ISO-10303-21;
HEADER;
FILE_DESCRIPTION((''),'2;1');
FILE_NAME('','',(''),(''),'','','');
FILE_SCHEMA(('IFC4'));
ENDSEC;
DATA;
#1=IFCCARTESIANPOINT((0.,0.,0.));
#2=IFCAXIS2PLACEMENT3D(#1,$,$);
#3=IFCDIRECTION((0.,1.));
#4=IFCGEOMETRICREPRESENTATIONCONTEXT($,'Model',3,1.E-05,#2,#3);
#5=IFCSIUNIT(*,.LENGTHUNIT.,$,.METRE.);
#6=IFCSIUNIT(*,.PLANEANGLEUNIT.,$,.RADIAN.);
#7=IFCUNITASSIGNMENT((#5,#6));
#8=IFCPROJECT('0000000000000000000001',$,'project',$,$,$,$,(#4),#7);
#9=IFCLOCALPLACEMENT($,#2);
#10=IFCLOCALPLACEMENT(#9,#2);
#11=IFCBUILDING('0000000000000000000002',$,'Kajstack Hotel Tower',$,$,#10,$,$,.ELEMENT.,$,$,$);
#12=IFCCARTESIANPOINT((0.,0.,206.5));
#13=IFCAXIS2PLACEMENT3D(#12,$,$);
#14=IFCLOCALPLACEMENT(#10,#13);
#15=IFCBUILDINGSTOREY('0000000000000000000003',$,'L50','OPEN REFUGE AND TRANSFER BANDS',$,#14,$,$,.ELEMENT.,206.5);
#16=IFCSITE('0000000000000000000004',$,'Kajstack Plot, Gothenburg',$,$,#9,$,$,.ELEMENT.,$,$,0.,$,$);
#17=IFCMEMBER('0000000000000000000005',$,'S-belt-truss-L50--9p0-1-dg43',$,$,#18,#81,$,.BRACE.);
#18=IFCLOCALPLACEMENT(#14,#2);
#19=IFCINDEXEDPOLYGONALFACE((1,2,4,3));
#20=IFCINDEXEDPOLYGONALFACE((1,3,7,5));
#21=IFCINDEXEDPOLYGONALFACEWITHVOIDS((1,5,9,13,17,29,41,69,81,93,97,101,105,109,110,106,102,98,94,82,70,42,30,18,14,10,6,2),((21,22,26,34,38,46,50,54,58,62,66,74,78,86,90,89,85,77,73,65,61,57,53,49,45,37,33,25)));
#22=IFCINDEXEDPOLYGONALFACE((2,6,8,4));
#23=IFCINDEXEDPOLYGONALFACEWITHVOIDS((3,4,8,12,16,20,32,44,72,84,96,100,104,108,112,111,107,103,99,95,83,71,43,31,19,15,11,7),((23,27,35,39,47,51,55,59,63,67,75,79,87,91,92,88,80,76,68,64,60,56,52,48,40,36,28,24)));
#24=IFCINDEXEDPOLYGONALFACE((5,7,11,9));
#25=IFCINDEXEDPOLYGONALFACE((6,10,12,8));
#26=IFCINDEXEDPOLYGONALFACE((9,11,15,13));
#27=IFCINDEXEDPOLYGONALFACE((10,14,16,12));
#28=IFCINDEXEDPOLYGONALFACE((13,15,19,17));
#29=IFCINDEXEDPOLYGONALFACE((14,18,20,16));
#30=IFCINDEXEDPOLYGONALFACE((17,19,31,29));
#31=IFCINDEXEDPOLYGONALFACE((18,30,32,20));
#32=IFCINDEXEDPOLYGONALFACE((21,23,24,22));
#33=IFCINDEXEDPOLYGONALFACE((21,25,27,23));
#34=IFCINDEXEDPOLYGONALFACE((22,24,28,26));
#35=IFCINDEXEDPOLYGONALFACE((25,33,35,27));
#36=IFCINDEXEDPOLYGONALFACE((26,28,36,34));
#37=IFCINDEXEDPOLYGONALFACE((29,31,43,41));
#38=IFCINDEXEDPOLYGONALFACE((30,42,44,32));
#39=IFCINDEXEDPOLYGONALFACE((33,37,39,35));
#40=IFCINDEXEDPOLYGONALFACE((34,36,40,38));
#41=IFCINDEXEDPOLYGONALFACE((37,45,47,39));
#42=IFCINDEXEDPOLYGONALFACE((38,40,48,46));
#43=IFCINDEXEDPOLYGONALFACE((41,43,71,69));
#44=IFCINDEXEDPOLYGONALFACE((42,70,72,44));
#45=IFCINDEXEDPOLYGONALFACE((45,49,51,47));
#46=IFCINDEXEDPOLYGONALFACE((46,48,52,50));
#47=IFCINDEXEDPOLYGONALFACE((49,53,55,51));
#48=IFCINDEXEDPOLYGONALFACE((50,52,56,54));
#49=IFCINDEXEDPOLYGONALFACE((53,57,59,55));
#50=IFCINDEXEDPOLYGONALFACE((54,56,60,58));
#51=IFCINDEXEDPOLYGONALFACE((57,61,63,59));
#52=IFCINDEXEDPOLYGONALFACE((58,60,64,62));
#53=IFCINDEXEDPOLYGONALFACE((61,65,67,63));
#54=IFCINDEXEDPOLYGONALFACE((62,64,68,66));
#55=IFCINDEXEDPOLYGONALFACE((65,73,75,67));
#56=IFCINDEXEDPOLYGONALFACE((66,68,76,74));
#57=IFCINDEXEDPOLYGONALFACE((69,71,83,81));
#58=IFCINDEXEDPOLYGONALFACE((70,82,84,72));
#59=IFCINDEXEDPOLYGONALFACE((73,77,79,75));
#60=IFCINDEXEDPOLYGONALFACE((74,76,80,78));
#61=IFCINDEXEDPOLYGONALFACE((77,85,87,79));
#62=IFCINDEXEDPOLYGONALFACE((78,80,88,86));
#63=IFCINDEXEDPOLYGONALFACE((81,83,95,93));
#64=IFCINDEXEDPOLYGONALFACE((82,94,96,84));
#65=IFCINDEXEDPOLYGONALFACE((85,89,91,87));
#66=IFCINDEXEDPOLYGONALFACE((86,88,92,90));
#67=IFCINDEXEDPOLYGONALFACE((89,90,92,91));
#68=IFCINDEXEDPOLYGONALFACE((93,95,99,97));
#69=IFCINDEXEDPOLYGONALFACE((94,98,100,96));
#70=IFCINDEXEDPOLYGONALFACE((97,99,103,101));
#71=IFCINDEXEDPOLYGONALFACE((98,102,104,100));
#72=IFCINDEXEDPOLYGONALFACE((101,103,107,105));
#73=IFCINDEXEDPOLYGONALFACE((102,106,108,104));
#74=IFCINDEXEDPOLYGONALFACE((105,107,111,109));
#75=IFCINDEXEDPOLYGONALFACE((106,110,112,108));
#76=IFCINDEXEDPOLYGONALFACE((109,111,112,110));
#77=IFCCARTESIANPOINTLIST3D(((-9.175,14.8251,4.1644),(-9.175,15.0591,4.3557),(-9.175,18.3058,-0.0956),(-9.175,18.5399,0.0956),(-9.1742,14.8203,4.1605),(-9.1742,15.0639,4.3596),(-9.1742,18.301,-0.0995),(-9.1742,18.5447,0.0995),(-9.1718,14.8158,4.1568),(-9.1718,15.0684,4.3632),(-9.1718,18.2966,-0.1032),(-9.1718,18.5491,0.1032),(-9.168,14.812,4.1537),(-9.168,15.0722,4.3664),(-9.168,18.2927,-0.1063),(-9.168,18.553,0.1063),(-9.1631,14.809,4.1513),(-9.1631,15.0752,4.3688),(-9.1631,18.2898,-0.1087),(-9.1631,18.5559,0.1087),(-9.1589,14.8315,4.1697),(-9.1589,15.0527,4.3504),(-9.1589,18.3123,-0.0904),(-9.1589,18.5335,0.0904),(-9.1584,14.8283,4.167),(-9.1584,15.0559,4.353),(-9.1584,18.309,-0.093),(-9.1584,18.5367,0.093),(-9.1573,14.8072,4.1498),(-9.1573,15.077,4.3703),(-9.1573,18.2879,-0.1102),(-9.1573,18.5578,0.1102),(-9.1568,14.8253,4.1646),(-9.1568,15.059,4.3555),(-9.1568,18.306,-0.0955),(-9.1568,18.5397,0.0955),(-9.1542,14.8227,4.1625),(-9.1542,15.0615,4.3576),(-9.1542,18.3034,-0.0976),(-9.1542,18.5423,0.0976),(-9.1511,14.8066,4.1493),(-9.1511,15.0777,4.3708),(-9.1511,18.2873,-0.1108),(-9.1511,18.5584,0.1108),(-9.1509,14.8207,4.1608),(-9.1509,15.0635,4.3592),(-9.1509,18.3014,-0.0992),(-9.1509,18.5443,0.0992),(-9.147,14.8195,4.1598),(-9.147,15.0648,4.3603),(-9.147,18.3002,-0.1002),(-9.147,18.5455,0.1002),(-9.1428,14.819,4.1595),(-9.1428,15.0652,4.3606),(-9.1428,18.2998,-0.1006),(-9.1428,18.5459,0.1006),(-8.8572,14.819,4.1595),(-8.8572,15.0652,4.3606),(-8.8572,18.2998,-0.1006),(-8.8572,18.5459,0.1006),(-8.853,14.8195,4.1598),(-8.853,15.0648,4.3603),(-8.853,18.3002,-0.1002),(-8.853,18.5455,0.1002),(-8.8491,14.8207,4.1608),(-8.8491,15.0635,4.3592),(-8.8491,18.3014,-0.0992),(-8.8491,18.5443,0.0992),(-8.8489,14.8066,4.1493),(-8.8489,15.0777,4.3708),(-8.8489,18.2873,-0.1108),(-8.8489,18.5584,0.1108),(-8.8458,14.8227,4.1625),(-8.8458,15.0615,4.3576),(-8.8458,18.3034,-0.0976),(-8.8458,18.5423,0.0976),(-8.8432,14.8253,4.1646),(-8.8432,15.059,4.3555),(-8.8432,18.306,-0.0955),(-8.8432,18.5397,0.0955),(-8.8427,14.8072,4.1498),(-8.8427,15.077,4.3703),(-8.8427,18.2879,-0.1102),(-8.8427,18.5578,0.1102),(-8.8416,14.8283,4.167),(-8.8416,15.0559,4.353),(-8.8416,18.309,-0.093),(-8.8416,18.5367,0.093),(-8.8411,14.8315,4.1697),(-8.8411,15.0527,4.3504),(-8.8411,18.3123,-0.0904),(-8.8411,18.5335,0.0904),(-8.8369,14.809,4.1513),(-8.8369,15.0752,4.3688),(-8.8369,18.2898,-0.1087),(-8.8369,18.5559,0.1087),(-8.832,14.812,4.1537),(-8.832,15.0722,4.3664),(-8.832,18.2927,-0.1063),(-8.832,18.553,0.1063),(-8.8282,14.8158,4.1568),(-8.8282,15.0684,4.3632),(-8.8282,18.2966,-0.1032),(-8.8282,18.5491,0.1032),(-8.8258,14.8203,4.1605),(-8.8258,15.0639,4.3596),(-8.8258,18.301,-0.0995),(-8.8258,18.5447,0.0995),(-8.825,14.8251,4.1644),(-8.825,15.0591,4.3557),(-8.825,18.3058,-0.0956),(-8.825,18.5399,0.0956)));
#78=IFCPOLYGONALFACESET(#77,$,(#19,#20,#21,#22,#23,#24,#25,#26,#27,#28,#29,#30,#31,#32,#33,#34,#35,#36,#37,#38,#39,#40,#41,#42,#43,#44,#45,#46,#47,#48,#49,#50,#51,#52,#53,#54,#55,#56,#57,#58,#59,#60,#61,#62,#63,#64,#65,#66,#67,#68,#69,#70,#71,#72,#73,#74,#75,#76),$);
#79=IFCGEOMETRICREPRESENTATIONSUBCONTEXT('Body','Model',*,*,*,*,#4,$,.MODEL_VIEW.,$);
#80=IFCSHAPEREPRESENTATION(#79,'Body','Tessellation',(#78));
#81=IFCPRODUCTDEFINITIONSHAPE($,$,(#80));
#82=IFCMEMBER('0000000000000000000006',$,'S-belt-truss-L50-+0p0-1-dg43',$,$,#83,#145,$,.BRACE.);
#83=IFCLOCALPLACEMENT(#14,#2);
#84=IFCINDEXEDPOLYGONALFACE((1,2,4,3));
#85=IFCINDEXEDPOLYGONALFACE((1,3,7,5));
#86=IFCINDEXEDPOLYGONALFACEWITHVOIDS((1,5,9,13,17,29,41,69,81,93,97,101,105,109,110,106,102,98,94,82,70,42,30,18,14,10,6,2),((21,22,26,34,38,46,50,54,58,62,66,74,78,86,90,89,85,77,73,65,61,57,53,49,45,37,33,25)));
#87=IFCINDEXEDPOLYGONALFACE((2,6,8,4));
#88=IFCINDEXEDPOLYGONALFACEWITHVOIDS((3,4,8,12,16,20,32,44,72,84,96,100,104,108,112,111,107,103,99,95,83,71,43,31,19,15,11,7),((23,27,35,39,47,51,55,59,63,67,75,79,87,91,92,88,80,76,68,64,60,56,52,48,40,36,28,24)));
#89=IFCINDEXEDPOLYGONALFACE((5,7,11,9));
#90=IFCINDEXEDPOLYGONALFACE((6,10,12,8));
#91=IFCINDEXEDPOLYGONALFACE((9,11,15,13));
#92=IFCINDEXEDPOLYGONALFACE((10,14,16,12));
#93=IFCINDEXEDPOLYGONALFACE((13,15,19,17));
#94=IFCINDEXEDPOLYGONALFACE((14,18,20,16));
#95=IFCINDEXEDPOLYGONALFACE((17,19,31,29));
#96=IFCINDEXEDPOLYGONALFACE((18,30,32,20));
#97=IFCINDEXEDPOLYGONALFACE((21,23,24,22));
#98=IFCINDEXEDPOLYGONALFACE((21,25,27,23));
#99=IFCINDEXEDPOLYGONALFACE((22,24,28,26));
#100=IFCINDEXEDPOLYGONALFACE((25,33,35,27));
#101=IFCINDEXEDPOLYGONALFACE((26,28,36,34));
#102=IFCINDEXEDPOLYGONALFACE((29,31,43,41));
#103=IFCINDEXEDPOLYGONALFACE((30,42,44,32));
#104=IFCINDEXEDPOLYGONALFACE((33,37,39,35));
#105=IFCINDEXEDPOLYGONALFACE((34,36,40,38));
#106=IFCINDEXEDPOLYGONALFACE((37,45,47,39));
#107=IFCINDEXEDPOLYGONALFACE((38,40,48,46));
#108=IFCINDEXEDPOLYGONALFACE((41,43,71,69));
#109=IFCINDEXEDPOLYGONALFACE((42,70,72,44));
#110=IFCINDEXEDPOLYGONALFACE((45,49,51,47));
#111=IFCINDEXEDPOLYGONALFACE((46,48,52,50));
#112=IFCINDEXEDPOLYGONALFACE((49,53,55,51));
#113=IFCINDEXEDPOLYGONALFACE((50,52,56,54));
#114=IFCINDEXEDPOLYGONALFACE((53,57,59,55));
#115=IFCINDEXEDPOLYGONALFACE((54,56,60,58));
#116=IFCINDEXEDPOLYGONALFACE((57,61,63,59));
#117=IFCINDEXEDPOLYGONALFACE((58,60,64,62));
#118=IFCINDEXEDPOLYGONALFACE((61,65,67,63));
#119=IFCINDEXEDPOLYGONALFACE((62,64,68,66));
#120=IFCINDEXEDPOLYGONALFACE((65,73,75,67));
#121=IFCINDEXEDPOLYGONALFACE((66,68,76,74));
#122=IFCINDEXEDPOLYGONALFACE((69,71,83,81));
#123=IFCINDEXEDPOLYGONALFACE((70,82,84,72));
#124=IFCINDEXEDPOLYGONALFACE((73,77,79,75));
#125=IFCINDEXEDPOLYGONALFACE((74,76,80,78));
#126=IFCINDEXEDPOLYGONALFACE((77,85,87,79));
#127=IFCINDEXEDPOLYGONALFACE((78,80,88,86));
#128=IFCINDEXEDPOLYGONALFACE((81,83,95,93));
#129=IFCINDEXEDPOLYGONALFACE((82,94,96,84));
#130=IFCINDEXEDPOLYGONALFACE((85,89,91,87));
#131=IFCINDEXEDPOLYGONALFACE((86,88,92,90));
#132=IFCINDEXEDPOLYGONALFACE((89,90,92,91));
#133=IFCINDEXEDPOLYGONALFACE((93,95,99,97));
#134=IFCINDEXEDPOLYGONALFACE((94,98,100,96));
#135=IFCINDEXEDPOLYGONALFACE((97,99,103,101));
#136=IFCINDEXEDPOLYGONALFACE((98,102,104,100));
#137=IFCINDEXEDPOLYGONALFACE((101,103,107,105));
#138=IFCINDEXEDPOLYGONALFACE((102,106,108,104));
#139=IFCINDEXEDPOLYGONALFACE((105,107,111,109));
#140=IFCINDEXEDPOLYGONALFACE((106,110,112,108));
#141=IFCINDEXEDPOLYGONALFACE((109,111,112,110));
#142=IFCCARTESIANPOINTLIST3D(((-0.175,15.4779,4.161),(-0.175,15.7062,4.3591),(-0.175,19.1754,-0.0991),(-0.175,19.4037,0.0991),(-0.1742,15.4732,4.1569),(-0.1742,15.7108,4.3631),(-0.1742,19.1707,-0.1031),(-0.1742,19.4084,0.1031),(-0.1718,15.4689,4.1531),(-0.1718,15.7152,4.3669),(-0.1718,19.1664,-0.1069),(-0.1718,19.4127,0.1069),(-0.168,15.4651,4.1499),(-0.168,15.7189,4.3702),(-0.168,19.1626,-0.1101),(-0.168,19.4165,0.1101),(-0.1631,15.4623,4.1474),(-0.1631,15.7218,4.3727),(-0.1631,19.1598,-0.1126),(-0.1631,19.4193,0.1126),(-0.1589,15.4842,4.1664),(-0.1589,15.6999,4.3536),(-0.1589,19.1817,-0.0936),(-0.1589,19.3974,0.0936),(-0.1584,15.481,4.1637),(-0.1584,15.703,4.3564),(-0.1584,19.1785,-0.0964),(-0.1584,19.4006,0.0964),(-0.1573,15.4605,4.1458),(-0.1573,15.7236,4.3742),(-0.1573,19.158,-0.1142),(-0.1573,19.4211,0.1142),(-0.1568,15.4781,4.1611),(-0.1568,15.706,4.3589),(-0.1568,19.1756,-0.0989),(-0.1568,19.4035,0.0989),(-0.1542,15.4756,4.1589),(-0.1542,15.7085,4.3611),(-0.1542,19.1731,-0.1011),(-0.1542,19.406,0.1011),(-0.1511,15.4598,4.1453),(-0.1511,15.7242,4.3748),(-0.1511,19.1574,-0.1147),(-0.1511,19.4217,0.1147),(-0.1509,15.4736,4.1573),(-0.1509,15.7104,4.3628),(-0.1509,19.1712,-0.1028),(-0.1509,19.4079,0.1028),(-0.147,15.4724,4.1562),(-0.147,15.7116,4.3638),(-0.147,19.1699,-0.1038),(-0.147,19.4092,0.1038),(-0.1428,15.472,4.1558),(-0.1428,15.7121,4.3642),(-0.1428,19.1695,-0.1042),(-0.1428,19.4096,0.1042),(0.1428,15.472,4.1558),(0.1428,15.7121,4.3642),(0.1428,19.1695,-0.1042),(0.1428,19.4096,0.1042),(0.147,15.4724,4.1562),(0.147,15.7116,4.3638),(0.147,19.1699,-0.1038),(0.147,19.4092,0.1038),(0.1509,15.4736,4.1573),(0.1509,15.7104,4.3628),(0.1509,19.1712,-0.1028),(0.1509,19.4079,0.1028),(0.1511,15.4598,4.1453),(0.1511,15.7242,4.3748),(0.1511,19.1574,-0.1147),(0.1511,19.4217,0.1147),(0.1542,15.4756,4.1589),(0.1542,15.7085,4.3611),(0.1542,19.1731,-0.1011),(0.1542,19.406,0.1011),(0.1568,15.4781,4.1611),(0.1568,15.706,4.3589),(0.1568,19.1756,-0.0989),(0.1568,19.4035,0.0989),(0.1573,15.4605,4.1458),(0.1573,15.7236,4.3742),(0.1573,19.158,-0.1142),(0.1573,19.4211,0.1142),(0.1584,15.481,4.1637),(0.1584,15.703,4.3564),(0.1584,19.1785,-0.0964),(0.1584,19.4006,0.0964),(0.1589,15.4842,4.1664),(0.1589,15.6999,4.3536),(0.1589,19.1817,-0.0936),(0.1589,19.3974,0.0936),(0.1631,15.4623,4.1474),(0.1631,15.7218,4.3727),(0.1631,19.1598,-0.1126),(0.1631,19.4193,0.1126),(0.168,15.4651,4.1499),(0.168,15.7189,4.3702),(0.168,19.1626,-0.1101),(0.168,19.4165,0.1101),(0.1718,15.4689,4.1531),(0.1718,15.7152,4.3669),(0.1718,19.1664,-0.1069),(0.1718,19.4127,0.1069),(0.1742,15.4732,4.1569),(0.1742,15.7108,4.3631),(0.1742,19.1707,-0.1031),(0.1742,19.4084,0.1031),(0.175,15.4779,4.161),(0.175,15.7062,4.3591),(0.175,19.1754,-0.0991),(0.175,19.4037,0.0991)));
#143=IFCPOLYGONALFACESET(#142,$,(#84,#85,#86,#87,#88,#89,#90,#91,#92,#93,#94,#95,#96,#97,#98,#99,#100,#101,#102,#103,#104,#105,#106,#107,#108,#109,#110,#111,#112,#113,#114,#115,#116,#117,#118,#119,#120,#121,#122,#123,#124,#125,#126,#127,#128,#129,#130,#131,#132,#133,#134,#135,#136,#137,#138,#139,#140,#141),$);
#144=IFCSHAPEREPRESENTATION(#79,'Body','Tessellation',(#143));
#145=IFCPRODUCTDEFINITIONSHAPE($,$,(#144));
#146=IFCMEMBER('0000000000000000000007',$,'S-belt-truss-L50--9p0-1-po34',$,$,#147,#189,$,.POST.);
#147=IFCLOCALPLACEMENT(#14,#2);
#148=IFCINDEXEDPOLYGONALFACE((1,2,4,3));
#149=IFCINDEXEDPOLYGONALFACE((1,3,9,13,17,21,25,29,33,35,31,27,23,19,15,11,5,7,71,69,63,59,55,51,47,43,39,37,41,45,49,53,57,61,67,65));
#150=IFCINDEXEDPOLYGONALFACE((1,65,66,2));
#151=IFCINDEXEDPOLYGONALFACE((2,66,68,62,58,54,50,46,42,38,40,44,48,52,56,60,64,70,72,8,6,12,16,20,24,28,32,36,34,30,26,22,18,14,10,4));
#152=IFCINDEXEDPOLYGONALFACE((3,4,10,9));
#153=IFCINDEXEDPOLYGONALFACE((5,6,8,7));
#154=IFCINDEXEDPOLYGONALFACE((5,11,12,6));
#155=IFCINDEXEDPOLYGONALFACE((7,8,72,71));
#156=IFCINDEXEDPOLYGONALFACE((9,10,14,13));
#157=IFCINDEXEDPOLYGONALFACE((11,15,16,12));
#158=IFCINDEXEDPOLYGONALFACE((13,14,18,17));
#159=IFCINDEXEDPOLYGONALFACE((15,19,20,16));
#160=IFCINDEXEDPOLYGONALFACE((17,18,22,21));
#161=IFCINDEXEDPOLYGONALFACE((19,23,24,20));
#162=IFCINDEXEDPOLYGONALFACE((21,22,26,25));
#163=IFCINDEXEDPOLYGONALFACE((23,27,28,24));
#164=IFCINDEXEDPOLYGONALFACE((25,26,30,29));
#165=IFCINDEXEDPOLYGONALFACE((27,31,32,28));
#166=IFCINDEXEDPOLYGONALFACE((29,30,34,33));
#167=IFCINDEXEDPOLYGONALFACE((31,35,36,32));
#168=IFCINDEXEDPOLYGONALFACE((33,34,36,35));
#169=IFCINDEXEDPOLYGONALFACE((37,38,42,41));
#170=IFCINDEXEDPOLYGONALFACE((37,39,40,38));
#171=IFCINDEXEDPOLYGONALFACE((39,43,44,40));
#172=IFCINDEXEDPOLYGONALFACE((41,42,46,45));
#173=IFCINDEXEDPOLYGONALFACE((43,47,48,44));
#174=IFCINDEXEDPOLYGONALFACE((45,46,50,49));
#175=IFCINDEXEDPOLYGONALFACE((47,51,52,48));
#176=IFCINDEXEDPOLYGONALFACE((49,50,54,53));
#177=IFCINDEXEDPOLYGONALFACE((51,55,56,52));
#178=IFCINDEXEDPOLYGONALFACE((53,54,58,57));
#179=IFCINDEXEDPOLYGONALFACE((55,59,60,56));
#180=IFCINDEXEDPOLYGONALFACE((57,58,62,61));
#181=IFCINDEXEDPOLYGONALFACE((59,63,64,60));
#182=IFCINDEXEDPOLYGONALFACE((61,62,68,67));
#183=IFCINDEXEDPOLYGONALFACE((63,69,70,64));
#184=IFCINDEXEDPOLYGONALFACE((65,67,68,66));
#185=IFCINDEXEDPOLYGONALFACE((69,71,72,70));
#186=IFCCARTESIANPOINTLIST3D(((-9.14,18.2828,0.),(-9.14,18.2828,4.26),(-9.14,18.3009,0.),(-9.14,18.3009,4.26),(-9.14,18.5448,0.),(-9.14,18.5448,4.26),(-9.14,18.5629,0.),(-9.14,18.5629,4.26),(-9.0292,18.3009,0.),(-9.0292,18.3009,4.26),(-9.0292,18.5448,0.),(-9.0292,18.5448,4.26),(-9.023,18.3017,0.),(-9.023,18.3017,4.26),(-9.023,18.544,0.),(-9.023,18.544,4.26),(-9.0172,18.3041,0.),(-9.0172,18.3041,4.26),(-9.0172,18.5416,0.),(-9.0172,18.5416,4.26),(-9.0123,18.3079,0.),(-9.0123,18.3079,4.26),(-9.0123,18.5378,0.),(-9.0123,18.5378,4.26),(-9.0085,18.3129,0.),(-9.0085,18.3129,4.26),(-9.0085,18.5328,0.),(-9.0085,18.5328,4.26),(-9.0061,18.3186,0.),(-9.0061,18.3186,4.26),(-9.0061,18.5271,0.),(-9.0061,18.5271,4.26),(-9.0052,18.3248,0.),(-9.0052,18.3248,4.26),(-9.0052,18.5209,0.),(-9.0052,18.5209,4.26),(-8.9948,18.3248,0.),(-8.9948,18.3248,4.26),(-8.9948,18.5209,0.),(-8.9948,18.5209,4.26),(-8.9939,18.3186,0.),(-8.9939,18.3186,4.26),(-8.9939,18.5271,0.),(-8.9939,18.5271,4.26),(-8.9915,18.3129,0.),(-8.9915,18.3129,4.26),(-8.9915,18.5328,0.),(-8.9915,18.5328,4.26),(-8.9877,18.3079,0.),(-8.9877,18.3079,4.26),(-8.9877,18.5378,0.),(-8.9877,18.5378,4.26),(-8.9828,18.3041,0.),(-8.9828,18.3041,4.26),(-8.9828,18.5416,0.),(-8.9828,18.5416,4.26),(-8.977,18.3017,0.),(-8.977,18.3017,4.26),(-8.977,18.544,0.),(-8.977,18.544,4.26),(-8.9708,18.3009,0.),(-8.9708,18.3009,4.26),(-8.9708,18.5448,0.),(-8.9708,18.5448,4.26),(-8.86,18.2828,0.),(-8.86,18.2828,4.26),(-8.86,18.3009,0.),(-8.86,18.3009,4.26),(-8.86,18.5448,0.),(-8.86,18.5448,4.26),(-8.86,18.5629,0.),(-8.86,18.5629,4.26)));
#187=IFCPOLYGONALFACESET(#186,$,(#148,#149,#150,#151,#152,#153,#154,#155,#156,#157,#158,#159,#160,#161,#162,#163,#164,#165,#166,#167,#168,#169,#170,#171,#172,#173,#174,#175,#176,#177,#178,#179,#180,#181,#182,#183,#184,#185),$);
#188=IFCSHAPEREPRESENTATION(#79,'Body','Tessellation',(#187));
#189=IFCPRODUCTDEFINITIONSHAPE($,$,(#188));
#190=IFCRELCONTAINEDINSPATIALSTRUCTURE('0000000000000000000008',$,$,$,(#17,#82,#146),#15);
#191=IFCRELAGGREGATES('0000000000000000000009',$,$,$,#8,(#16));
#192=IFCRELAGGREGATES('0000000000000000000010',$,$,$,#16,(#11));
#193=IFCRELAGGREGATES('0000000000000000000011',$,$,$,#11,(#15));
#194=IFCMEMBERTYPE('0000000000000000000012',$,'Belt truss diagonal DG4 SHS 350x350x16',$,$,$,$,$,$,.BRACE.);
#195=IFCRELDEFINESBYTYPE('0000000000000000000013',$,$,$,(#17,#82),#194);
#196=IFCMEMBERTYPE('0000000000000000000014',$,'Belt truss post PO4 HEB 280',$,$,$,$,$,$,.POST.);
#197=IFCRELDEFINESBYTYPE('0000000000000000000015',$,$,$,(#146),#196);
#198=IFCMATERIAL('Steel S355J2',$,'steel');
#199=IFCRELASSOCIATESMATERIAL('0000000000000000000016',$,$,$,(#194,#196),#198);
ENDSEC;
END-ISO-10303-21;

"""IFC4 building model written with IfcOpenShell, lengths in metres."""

from ifc_helpers import new_model, si_unit, direction, frame, origin, origin_2d, place, context, subcontext, project, spatial, hollow_rectangle, i_section, extrude, material, material_profile, profile_set, type_object, element, save


model = new_model("IFC4")

# Units and contexts
model_context = context("Model", 3, precision=1e-05, world=origin(), true_north=direction((0.0, 1.0)))
body_context = subcontext(model_context, "Body", "Model", "MODEL_VIEW")
ifc_project = project(units=[si_unit("LENGTHUNIT", "METRE"), si_unit("PLANEANGLEUNIT", "RADIAN")], contexts=[model_context])

# Site, building, storey
site_placement = place(None, origin())
site = spatial("IfcSite", under=ifc_project, at=site_placement, Name="Kajstack Plot, Gothenburg", CompositionType="ELEMENT", RefElevation=0.0)
building_placement = place(site_placement, origin())
building = spatial("IfcBuilding", under=site, at=building_placement, Name="Kajstack Hotel Tower", CompositionType="ELEMENT")
storey_placement = place(building_placement, frame((0.0, 0.0, 206.5)))
storey = spatial("IfcBuildingStorey", under=building, at=storey_placement, Name="L50", Description="OPEN REFUGE AND TRANSFER BANDS", CompositionType="ELEMENT", Elevation=206.5)

# Members
ifc_material = material(Name="Steel S355J2", Category="steel")
ifc_material_profile_1 = material_profile(ifc_material, hollow_rectangle(XDim=0.3501, YDim=0.3501, WallThickness=0.0161, InnerFilletRadius=0.0161, OuterFilletRadius=0.0239, at=origin_2d()), Name="SHS 350x350x16")
ifc_profile_set_1 = profile_set([ifc_material_profile_1], Name="Steel S355J2")
member_type_1 = type_object("IfcMemberType", Name="Belt truss diagonal DG4 SHS 350x350x16", PredefinedType="BRACE", material=ifc_profile_set_1)
member_1_placement = place(storey_placement, frame((-9.0, 18.4229, 0.0), z_axis=(0.0, -0.63272, 0.77438), x_axis=(1.0, 0.0, 0.0)))
element("IfcMember", 1, at=member_1_placement, inside=storey, type_object=member_type_1, Name="S-belt-truss-L50--9p0-1-dg43", PredefinedType="BRACE", context=body_context, shape_type="SweptSolid", body=[
    extrude(hollow_rectangle(XDim=0.3501, YDim=0.3501, WallThickness=0.0161, InnerFilletRadius=0.0161, OuterFilletRadius=0.0239, at=origin_2d()), origin(), (0.0, 0.0, 1.0), 5.5012),
])
member_2_placement = place(storey_placement, frame((0.0, 19.2896, 0.0), z_axis=(0.0, -0.655487, 0.755206), x_axis=(1.0, 0.0, 0.0)))
element("IfcMember", 2, at=member_2_placement, inside=storey, type_object=member_type_1, Name="S-belt-truss-L50-+0p0-1-dg43", PredefinedType="BRACE", context=body_context, shape_type="SweptSolid", body=[
    extrude(hollow_rectangle(XDim=0.3501, YDim=0.3501, WallThickness=0.0161, InnerFilletRadius=0.0161, OuterFilletRadius=0.0239, at=origin_2d()), origin(), (0.0, 0.0, 1.0), 5.6409),
])
ifc_material_profile_2 = material_profile(ifc_material, i_section(OverallWidth=0.28, OverallDepth=0.28, WebThickness=0.0105, FlangeThickness=0.0181, FilletRadius=0.0239, at=origin_2d()), Name="HEB 280")
ifc_profile_set_2 = profile_set([ifc_material_profile_2], Name="Steel S355J2")
member_type_2 = type_object("IfcMemberType", Name="Belt truss post PO4 HEB 280", PredefinedType="POST", material=ifc_profile_set_2)
for number, where, z_axis, x_axis, name in (
    (3, (-9.0, 18.4229, 0.0), (0.0, 0.0, 1.0), (1.0, 0.0, 0.0), "S-belt-truss-L50--9p0-1-po34"),
):
    element("IfcMember", number, at=place(storey_placement, frame(where, z_axis=z_axis, x_axis=x_axis)), inside=storey, type_object=member_type_2, Name=name, PredefinedType="POST", context=body_context, shape_type="SweptSolid", body=[
        extrude(i_section(OverallWidth=0.28, OverallDepth=0.28, WebThickness=0.0105, FlangeThickness=0.0181, FilletRadius=0.0239, at=origin_2d()), origin(), (0.0, 0.0, 1.0), 4.26),
    ])

save(model, "model.ifc")
